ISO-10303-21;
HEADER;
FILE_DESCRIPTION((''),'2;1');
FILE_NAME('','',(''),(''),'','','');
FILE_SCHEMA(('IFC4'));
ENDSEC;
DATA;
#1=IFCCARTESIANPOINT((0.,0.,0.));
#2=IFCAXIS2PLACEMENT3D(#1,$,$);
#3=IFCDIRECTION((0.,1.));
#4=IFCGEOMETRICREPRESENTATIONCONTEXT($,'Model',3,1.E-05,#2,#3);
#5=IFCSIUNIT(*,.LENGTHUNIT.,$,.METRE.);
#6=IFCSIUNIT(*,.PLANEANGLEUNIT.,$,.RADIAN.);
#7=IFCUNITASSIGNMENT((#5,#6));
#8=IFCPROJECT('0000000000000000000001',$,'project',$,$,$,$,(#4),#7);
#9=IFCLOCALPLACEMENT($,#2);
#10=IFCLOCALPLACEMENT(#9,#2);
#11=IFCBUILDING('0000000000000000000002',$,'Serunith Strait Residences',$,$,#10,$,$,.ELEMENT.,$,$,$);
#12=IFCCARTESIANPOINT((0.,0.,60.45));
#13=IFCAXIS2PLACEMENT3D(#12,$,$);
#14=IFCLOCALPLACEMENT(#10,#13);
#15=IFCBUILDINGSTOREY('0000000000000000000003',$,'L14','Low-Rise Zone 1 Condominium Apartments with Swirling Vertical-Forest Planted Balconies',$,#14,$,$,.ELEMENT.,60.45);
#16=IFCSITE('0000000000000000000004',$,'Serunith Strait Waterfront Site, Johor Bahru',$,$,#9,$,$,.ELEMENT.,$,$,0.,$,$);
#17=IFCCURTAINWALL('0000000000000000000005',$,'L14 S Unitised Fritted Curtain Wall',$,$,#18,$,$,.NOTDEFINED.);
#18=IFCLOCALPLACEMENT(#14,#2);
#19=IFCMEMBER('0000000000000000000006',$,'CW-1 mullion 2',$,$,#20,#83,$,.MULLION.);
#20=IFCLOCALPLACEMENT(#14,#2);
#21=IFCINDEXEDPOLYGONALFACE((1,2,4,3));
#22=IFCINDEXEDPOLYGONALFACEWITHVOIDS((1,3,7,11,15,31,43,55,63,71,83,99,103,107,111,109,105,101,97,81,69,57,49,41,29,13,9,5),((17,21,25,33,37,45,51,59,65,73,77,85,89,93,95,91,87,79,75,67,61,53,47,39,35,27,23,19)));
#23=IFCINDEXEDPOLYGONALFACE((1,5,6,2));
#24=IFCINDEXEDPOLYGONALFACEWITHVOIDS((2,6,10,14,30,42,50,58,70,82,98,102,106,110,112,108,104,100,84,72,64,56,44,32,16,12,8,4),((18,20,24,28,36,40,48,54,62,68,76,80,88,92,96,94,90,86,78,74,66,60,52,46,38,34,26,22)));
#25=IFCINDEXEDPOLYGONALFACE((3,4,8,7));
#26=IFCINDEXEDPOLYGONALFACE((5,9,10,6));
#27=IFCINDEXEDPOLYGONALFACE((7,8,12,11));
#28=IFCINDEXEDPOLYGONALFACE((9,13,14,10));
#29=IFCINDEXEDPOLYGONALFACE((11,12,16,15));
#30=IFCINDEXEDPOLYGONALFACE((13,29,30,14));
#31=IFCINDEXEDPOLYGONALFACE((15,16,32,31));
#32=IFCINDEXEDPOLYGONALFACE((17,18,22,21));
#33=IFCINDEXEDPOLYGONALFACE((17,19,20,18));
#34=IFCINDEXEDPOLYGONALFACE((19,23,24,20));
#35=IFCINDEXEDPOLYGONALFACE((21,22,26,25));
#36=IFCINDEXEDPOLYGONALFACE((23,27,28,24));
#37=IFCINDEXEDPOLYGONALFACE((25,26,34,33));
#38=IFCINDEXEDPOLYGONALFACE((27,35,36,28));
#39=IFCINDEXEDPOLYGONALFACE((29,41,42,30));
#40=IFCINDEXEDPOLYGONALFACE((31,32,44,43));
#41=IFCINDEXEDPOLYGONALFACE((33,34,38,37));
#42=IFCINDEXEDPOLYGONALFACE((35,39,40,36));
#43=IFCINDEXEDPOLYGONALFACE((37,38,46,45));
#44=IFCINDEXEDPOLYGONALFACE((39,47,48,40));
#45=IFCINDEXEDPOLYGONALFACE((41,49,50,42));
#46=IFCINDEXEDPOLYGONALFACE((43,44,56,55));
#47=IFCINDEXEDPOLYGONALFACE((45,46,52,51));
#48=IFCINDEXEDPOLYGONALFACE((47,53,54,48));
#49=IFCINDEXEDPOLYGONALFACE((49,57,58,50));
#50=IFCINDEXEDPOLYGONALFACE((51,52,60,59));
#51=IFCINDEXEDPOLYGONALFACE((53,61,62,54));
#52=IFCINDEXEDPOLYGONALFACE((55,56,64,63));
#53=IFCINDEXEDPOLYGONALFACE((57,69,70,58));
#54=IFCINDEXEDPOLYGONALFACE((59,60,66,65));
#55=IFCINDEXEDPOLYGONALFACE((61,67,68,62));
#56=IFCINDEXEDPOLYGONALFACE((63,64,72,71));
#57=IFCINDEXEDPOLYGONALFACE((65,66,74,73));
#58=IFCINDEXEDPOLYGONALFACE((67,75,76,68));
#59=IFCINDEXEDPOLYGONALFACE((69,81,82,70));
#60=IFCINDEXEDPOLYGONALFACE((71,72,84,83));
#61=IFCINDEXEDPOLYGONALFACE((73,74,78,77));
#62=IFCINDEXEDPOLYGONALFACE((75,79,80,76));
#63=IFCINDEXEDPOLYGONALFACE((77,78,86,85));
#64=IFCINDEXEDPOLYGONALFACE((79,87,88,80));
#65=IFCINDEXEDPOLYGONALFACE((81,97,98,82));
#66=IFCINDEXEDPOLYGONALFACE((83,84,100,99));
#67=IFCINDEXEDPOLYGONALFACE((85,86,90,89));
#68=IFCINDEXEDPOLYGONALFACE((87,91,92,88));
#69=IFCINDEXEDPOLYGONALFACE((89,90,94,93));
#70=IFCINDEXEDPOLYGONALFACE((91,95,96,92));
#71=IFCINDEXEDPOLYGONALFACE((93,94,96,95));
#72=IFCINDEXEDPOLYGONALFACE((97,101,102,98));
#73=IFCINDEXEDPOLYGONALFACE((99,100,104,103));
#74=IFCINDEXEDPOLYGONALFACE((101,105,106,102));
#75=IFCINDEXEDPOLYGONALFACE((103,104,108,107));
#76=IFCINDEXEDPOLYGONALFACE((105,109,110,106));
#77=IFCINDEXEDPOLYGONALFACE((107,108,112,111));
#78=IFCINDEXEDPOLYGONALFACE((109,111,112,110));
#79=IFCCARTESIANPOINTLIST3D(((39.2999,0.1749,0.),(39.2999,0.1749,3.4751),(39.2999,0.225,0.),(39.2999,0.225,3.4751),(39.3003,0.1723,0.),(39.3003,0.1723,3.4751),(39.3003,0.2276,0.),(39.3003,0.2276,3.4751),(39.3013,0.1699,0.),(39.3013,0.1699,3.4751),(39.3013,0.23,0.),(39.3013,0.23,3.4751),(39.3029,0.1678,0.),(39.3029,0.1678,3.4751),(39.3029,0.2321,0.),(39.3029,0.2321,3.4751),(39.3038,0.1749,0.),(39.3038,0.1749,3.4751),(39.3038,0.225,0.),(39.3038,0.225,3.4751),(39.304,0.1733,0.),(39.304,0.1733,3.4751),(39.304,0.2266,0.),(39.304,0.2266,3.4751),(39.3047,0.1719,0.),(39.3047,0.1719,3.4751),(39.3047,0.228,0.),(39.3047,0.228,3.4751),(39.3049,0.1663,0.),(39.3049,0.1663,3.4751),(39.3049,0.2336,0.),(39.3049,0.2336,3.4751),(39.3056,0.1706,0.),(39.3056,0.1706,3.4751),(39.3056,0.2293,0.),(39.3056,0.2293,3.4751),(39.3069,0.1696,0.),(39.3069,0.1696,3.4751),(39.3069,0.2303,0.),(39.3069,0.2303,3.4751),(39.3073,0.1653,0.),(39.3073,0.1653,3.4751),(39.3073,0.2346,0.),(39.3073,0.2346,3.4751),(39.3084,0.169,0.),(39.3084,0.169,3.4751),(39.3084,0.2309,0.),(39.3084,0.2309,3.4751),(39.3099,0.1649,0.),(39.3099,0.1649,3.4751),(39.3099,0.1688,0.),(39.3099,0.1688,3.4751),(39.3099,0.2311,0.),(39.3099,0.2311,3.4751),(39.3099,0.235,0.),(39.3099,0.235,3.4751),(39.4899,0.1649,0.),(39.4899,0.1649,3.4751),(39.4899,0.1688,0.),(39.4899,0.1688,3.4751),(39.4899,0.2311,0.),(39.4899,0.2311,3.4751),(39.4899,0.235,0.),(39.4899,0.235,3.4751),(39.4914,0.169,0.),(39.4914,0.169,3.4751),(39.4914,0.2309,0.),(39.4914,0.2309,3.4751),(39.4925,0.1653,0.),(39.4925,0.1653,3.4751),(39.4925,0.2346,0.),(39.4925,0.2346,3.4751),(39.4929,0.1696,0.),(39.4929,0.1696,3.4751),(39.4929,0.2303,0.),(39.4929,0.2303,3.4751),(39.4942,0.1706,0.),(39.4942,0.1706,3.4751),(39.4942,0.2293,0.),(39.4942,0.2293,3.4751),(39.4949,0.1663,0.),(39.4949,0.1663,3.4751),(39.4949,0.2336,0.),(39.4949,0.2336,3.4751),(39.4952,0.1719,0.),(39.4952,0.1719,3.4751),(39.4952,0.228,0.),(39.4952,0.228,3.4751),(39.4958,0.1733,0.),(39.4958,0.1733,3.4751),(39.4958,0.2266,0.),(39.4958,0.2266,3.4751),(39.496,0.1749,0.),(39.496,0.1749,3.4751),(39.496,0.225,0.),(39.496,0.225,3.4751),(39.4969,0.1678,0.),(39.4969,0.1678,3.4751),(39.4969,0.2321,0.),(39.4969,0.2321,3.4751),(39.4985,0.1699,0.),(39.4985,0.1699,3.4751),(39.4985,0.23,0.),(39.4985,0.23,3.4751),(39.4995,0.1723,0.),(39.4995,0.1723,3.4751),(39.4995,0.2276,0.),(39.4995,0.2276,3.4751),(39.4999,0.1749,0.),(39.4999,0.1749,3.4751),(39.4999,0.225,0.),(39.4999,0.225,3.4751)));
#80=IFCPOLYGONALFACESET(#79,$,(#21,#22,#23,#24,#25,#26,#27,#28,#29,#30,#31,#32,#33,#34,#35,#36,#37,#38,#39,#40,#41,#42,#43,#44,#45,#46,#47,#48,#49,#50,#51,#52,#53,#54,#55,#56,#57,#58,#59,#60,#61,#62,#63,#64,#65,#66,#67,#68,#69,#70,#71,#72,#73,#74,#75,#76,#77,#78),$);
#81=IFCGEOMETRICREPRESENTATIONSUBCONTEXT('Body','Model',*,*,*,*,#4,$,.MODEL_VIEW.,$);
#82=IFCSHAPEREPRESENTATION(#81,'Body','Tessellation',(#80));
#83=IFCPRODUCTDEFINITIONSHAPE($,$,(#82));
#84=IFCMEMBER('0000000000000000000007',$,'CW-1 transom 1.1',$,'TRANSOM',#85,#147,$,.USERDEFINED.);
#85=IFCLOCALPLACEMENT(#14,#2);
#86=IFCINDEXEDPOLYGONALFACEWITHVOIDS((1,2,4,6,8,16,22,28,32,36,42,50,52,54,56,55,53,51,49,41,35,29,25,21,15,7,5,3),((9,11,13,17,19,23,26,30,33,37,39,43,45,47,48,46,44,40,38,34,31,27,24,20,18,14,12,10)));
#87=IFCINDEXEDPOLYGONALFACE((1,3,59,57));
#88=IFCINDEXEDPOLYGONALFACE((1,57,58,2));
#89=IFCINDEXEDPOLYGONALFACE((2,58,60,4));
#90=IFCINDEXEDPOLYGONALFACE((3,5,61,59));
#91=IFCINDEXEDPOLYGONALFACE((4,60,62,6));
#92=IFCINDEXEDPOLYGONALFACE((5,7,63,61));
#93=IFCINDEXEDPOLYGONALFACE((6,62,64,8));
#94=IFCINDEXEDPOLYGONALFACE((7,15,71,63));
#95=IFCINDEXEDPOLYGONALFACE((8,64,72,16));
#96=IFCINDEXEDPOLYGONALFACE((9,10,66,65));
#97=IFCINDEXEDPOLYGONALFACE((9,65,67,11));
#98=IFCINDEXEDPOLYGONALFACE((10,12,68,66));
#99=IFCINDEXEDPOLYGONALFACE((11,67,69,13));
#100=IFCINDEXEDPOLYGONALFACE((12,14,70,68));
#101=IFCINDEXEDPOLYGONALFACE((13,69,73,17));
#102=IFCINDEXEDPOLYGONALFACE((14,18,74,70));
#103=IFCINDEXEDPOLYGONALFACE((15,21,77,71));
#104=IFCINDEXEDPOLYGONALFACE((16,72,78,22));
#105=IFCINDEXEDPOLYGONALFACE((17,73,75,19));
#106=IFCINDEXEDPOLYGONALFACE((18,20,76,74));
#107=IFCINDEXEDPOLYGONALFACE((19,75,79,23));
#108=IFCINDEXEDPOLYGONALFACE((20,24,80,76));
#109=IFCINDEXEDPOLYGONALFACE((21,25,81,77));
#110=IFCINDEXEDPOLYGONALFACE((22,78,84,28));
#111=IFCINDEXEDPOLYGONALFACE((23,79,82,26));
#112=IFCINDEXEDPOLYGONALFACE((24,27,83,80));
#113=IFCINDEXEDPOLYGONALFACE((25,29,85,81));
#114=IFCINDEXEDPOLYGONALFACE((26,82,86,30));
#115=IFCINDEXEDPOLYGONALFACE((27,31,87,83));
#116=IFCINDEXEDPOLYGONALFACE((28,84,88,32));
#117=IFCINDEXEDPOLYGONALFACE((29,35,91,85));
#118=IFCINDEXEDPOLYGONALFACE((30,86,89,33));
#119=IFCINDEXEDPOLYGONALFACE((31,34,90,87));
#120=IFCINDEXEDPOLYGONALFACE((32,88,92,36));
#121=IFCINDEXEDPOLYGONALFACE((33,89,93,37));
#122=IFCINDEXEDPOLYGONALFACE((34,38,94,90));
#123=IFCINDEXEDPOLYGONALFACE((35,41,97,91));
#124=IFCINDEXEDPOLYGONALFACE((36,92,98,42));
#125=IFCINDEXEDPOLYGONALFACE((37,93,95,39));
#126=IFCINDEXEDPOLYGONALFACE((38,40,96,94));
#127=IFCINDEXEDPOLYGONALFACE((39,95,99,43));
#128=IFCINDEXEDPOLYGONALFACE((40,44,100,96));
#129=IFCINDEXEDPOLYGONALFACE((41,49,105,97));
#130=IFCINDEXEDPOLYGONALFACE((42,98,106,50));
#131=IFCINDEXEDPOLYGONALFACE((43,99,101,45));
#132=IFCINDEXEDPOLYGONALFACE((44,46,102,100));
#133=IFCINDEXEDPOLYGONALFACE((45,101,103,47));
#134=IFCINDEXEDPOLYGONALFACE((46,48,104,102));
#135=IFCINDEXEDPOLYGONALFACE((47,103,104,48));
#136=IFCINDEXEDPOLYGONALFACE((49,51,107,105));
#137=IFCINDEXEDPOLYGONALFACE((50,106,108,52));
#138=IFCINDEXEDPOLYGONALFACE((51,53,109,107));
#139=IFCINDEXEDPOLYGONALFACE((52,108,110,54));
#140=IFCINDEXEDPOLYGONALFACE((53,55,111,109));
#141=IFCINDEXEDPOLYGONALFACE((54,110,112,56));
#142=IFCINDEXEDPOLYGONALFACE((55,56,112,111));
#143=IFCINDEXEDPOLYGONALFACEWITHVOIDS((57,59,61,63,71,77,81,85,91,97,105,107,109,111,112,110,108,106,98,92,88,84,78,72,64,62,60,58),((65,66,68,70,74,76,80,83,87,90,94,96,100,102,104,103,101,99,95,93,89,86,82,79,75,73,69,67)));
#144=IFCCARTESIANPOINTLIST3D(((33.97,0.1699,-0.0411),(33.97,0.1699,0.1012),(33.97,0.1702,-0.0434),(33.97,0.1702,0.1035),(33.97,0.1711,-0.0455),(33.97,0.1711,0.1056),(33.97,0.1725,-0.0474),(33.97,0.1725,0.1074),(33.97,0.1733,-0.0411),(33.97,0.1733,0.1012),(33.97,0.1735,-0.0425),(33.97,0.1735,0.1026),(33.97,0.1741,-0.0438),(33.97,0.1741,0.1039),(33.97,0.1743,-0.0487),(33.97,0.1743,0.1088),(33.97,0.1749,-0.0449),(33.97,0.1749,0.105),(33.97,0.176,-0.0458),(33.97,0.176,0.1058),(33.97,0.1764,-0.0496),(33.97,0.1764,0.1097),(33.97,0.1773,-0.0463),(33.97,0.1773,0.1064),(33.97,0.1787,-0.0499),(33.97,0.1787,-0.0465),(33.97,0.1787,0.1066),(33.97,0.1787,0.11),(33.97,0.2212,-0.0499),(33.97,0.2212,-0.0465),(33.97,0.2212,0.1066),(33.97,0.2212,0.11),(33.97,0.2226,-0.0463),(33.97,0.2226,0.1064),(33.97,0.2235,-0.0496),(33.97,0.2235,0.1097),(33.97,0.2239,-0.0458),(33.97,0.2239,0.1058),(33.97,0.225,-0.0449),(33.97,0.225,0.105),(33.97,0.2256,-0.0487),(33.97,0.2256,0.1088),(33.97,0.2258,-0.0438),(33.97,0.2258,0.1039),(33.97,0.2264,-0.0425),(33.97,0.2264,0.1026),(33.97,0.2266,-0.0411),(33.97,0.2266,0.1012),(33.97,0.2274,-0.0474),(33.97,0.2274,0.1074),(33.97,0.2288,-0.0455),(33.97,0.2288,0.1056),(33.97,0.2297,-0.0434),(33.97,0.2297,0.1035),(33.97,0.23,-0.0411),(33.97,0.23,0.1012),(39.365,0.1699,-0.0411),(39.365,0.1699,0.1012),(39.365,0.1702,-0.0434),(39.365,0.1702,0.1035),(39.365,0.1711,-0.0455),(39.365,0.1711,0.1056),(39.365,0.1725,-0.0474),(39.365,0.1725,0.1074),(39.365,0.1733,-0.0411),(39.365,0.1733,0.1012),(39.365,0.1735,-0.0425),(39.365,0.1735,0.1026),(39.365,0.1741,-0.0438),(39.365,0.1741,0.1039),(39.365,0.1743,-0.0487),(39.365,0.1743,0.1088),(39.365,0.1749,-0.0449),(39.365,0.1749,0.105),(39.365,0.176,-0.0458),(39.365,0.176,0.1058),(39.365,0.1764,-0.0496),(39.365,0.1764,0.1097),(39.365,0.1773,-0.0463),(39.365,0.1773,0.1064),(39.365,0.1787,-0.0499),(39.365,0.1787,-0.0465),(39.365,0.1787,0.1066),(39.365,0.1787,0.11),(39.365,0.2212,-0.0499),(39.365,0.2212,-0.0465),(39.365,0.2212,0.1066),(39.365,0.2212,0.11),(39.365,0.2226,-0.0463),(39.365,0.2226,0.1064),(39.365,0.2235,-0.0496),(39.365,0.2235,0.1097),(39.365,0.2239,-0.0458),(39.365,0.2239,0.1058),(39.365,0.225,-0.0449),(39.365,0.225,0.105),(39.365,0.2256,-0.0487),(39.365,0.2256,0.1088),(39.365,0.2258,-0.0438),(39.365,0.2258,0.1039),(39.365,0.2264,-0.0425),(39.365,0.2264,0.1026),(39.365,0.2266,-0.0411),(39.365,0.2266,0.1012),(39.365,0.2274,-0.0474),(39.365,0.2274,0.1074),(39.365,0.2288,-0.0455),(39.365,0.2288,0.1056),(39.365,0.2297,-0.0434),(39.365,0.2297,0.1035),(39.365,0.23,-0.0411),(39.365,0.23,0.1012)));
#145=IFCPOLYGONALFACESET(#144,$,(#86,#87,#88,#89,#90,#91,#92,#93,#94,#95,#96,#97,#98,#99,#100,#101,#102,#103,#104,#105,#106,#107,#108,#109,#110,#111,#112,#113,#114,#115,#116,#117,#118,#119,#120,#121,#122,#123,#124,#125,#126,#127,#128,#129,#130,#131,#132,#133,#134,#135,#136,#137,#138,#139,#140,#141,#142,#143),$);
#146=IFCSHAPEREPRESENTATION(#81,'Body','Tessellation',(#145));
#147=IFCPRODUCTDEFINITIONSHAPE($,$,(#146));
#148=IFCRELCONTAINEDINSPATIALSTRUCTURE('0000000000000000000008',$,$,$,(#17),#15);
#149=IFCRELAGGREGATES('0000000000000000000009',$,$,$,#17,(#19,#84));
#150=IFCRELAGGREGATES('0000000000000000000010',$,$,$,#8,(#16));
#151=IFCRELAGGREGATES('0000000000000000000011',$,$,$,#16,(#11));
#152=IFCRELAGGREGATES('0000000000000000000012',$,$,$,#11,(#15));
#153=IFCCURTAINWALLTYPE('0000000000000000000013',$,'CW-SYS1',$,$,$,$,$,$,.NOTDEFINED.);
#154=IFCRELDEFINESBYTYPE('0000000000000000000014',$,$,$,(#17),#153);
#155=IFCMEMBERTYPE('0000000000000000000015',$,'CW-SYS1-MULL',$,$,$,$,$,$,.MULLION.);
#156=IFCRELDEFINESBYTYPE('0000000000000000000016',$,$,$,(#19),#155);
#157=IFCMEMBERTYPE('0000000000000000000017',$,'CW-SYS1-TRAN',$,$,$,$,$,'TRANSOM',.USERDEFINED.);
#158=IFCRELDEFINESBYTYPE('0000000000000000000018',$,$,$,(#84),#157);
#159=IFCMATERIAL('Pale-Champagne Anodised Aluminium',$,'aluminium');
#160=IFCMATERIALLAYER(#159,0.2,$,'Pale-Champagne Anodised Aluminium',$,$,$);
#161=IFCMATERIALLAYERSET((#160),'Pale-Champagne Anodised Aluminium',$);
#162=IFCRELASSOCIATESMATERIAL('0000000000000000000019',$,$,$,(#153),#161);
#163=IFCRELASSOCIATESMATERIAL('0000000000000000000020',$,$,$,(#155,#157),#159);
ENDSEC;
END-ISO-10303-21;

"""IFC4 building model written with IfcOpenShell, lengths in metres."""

from ifc_helpers import new_model, si_unit, direction, frame, origin, origin_2d, place, context, subcontext, project, spatial, hollow_rectangle, extrude, source, transform, mapped, material, layer, layer_set, material_profile, profile_set, type_object, element, aggregate, save


model = new_model("IFC4")

# Units and contexts
model_context = context("Model", 3, precision=1e-05, world=origin(), true_north=direction((0.0, 1.0)))
body_context = subcontext(model_context, "Body", "Model", "MODEL_VIEW")
ifc_project = project(units=[si_unit("LENGTHUNIT", "METRE"), si_unit("PLANEANGLEUNIT", "RADIAN")], contexts=[model_context])

# Site, building, storey
site_placement = place(None, origin())
site = spatial("IfcSite", under=ifc_project, at=site_placement, Name="Serunith Strait Waterfront Site, Johor Bahru", CompositionType="ELEMENT", RefElevation=0.0)
building_placement = place(site_placement, origin())
building = spatial("IfcBuilding", under=site, at=building_placement, Name="Serunith Strait Residences", CompositionType="ELEMENT")
storey_placement = place(building_placement, frame((0.0, 0.0, 60.45)))
storey = spatial("IfcBuildingStorey", under=building, at=storey_placement, Name="L14", Description="Low-Rise Zone 1 Condominium Apartments with Swirling Vertical-Forest Planted Balconies", CompositionType="ELEMENT", Elevation=60.45)

# Shared definitions
ifc_material_1 = material(Name="Pale-Champagne Anodised Aluminium", Category="aluminium")
ifc_layer_1 = layer(ifc_material_1, 0.2, Name="Pale-Champagne Anodised Aluminium")
ifc_layer_set_1 = layer_set([ifc_layer_1], Name="Pale-Champagne Anodised Aluminium")
curtain_wall_type = type_object("IfcCurtainWallType", Name="CW-SYS1", PredefinedType="NOTDEFINED", material=ifc_layer_set_1)
ifc_material_profile_1 = material_profile(ifc_material_1, hollow_rectangle(XDim=0.0701, YDim=0.2, WallThickness=0.0039, InnerFilletRadius=0.0061, OuterFilletRadius=0.01, at=origin_2d()), Name="ALU 200x70x4")
ifc_profile_set_1 = profile_set([ifc_material_profile_1], Name="Pale-Champagne Anodised Aluminium")
member_type_1 = type_object("IfcMemberType", Name="CW-SYS1-MULL", PredefinedType="MULLION", material=ifc_profile_set_1)
shared_shape_1 = source(origin(), body_context, "Body", "SweptSolid", [
    extrude(hollow_rectangle(XDim=0.0701, YDim=0.2, WallThickness=0.0039, InnerFilletRadius=0.0061, OuterFilletRadius=0.01, at=origin_2d()), origin(), (0.0, 0.0, 1.0), 3.4751),
])

# Curtain wall, members
curtain_wall_1_placement = place(storey_placement, origin())
curtain_wall_1 = element("IfcCurtainWall", 1, at=curtain_wall_1_placement, inside=storey, type_object=curtain_wall_type, Name="L14 S Unitised Fritted Curtain Wall", PredefinedType="NOTDEFINED")
member_1_placement = place(storey_placement, frame((39.3999, 0.2, 0.0), z_axis=(0.0, 0.0, 1.0), x_axis=(0.0, 1.0, 0.0)))
member_1 = element("IfcMember", 2, at=member_1_placement, type_object=member_type_1, Name="CW-1 mullion 2", PredefinedType="MULLION", context=body_context, shape_type="MappedRepresentation", body=[
    mapped(shared_shape_1, transform((0.0, 0.0, 0.0), scale=1.0)),
])
ifc_material_profile_2 = material_profile(ifc_material_1, hollow_rectangle(XDim=0.0601, YDim=0.1599, WallThickness=0.0034, InnerFilletRadius=0.0054, OuterFilletRadius=0.0088, at=origin_2d()), Name="ALU 160x60x3.5")
ifc_profile_set_2 = profile_set([ifc_material_profile_2], Name="Pale-Champagne Anodised Aluminium")
member_type_2 = type_object("IfcMemberType", Name="CW-SYS1-TRAN", ElementType="TRANSOM", PredefinedType="USERDEFINED", material=ifc_profile_set_2)
shared_shape_2 = source(origin(), body_context, "Body", "SweptSolid", [
    extrude(hollow_rectangle(XDim=0.0601, YDim=0.1599, WallThickness=0.0034, InnerFilletRadius=0.0054, OuterFilletRadius=0.0088, at=origin_2d()), origin(), (0.0, 0.0, 1.0), 5.395),
])
member_2_placement = place(storey_placement, frame((33.97, 0.2, 0.03), z_axis=(1.0, 0.0, 0.0), x_axis=(0.0, 1.0, 0.0)))
member_2 = element("IfcMember", 3, at=member_2_placement, type_object=member_type_2, Name="CW-1 transom 1.1", ObjectType="TRANSOM", PredefinedType="USERDEFINED", context=body_context, shape_type="MappedRepresentation", body=[
    mapped(shared_shape_2, transform((0.0, 0.0, 0.0), scale=1.0)),
])
aggregate(curtain_wall_1, [member_1, member_2])

save(model, "model.ifc")
